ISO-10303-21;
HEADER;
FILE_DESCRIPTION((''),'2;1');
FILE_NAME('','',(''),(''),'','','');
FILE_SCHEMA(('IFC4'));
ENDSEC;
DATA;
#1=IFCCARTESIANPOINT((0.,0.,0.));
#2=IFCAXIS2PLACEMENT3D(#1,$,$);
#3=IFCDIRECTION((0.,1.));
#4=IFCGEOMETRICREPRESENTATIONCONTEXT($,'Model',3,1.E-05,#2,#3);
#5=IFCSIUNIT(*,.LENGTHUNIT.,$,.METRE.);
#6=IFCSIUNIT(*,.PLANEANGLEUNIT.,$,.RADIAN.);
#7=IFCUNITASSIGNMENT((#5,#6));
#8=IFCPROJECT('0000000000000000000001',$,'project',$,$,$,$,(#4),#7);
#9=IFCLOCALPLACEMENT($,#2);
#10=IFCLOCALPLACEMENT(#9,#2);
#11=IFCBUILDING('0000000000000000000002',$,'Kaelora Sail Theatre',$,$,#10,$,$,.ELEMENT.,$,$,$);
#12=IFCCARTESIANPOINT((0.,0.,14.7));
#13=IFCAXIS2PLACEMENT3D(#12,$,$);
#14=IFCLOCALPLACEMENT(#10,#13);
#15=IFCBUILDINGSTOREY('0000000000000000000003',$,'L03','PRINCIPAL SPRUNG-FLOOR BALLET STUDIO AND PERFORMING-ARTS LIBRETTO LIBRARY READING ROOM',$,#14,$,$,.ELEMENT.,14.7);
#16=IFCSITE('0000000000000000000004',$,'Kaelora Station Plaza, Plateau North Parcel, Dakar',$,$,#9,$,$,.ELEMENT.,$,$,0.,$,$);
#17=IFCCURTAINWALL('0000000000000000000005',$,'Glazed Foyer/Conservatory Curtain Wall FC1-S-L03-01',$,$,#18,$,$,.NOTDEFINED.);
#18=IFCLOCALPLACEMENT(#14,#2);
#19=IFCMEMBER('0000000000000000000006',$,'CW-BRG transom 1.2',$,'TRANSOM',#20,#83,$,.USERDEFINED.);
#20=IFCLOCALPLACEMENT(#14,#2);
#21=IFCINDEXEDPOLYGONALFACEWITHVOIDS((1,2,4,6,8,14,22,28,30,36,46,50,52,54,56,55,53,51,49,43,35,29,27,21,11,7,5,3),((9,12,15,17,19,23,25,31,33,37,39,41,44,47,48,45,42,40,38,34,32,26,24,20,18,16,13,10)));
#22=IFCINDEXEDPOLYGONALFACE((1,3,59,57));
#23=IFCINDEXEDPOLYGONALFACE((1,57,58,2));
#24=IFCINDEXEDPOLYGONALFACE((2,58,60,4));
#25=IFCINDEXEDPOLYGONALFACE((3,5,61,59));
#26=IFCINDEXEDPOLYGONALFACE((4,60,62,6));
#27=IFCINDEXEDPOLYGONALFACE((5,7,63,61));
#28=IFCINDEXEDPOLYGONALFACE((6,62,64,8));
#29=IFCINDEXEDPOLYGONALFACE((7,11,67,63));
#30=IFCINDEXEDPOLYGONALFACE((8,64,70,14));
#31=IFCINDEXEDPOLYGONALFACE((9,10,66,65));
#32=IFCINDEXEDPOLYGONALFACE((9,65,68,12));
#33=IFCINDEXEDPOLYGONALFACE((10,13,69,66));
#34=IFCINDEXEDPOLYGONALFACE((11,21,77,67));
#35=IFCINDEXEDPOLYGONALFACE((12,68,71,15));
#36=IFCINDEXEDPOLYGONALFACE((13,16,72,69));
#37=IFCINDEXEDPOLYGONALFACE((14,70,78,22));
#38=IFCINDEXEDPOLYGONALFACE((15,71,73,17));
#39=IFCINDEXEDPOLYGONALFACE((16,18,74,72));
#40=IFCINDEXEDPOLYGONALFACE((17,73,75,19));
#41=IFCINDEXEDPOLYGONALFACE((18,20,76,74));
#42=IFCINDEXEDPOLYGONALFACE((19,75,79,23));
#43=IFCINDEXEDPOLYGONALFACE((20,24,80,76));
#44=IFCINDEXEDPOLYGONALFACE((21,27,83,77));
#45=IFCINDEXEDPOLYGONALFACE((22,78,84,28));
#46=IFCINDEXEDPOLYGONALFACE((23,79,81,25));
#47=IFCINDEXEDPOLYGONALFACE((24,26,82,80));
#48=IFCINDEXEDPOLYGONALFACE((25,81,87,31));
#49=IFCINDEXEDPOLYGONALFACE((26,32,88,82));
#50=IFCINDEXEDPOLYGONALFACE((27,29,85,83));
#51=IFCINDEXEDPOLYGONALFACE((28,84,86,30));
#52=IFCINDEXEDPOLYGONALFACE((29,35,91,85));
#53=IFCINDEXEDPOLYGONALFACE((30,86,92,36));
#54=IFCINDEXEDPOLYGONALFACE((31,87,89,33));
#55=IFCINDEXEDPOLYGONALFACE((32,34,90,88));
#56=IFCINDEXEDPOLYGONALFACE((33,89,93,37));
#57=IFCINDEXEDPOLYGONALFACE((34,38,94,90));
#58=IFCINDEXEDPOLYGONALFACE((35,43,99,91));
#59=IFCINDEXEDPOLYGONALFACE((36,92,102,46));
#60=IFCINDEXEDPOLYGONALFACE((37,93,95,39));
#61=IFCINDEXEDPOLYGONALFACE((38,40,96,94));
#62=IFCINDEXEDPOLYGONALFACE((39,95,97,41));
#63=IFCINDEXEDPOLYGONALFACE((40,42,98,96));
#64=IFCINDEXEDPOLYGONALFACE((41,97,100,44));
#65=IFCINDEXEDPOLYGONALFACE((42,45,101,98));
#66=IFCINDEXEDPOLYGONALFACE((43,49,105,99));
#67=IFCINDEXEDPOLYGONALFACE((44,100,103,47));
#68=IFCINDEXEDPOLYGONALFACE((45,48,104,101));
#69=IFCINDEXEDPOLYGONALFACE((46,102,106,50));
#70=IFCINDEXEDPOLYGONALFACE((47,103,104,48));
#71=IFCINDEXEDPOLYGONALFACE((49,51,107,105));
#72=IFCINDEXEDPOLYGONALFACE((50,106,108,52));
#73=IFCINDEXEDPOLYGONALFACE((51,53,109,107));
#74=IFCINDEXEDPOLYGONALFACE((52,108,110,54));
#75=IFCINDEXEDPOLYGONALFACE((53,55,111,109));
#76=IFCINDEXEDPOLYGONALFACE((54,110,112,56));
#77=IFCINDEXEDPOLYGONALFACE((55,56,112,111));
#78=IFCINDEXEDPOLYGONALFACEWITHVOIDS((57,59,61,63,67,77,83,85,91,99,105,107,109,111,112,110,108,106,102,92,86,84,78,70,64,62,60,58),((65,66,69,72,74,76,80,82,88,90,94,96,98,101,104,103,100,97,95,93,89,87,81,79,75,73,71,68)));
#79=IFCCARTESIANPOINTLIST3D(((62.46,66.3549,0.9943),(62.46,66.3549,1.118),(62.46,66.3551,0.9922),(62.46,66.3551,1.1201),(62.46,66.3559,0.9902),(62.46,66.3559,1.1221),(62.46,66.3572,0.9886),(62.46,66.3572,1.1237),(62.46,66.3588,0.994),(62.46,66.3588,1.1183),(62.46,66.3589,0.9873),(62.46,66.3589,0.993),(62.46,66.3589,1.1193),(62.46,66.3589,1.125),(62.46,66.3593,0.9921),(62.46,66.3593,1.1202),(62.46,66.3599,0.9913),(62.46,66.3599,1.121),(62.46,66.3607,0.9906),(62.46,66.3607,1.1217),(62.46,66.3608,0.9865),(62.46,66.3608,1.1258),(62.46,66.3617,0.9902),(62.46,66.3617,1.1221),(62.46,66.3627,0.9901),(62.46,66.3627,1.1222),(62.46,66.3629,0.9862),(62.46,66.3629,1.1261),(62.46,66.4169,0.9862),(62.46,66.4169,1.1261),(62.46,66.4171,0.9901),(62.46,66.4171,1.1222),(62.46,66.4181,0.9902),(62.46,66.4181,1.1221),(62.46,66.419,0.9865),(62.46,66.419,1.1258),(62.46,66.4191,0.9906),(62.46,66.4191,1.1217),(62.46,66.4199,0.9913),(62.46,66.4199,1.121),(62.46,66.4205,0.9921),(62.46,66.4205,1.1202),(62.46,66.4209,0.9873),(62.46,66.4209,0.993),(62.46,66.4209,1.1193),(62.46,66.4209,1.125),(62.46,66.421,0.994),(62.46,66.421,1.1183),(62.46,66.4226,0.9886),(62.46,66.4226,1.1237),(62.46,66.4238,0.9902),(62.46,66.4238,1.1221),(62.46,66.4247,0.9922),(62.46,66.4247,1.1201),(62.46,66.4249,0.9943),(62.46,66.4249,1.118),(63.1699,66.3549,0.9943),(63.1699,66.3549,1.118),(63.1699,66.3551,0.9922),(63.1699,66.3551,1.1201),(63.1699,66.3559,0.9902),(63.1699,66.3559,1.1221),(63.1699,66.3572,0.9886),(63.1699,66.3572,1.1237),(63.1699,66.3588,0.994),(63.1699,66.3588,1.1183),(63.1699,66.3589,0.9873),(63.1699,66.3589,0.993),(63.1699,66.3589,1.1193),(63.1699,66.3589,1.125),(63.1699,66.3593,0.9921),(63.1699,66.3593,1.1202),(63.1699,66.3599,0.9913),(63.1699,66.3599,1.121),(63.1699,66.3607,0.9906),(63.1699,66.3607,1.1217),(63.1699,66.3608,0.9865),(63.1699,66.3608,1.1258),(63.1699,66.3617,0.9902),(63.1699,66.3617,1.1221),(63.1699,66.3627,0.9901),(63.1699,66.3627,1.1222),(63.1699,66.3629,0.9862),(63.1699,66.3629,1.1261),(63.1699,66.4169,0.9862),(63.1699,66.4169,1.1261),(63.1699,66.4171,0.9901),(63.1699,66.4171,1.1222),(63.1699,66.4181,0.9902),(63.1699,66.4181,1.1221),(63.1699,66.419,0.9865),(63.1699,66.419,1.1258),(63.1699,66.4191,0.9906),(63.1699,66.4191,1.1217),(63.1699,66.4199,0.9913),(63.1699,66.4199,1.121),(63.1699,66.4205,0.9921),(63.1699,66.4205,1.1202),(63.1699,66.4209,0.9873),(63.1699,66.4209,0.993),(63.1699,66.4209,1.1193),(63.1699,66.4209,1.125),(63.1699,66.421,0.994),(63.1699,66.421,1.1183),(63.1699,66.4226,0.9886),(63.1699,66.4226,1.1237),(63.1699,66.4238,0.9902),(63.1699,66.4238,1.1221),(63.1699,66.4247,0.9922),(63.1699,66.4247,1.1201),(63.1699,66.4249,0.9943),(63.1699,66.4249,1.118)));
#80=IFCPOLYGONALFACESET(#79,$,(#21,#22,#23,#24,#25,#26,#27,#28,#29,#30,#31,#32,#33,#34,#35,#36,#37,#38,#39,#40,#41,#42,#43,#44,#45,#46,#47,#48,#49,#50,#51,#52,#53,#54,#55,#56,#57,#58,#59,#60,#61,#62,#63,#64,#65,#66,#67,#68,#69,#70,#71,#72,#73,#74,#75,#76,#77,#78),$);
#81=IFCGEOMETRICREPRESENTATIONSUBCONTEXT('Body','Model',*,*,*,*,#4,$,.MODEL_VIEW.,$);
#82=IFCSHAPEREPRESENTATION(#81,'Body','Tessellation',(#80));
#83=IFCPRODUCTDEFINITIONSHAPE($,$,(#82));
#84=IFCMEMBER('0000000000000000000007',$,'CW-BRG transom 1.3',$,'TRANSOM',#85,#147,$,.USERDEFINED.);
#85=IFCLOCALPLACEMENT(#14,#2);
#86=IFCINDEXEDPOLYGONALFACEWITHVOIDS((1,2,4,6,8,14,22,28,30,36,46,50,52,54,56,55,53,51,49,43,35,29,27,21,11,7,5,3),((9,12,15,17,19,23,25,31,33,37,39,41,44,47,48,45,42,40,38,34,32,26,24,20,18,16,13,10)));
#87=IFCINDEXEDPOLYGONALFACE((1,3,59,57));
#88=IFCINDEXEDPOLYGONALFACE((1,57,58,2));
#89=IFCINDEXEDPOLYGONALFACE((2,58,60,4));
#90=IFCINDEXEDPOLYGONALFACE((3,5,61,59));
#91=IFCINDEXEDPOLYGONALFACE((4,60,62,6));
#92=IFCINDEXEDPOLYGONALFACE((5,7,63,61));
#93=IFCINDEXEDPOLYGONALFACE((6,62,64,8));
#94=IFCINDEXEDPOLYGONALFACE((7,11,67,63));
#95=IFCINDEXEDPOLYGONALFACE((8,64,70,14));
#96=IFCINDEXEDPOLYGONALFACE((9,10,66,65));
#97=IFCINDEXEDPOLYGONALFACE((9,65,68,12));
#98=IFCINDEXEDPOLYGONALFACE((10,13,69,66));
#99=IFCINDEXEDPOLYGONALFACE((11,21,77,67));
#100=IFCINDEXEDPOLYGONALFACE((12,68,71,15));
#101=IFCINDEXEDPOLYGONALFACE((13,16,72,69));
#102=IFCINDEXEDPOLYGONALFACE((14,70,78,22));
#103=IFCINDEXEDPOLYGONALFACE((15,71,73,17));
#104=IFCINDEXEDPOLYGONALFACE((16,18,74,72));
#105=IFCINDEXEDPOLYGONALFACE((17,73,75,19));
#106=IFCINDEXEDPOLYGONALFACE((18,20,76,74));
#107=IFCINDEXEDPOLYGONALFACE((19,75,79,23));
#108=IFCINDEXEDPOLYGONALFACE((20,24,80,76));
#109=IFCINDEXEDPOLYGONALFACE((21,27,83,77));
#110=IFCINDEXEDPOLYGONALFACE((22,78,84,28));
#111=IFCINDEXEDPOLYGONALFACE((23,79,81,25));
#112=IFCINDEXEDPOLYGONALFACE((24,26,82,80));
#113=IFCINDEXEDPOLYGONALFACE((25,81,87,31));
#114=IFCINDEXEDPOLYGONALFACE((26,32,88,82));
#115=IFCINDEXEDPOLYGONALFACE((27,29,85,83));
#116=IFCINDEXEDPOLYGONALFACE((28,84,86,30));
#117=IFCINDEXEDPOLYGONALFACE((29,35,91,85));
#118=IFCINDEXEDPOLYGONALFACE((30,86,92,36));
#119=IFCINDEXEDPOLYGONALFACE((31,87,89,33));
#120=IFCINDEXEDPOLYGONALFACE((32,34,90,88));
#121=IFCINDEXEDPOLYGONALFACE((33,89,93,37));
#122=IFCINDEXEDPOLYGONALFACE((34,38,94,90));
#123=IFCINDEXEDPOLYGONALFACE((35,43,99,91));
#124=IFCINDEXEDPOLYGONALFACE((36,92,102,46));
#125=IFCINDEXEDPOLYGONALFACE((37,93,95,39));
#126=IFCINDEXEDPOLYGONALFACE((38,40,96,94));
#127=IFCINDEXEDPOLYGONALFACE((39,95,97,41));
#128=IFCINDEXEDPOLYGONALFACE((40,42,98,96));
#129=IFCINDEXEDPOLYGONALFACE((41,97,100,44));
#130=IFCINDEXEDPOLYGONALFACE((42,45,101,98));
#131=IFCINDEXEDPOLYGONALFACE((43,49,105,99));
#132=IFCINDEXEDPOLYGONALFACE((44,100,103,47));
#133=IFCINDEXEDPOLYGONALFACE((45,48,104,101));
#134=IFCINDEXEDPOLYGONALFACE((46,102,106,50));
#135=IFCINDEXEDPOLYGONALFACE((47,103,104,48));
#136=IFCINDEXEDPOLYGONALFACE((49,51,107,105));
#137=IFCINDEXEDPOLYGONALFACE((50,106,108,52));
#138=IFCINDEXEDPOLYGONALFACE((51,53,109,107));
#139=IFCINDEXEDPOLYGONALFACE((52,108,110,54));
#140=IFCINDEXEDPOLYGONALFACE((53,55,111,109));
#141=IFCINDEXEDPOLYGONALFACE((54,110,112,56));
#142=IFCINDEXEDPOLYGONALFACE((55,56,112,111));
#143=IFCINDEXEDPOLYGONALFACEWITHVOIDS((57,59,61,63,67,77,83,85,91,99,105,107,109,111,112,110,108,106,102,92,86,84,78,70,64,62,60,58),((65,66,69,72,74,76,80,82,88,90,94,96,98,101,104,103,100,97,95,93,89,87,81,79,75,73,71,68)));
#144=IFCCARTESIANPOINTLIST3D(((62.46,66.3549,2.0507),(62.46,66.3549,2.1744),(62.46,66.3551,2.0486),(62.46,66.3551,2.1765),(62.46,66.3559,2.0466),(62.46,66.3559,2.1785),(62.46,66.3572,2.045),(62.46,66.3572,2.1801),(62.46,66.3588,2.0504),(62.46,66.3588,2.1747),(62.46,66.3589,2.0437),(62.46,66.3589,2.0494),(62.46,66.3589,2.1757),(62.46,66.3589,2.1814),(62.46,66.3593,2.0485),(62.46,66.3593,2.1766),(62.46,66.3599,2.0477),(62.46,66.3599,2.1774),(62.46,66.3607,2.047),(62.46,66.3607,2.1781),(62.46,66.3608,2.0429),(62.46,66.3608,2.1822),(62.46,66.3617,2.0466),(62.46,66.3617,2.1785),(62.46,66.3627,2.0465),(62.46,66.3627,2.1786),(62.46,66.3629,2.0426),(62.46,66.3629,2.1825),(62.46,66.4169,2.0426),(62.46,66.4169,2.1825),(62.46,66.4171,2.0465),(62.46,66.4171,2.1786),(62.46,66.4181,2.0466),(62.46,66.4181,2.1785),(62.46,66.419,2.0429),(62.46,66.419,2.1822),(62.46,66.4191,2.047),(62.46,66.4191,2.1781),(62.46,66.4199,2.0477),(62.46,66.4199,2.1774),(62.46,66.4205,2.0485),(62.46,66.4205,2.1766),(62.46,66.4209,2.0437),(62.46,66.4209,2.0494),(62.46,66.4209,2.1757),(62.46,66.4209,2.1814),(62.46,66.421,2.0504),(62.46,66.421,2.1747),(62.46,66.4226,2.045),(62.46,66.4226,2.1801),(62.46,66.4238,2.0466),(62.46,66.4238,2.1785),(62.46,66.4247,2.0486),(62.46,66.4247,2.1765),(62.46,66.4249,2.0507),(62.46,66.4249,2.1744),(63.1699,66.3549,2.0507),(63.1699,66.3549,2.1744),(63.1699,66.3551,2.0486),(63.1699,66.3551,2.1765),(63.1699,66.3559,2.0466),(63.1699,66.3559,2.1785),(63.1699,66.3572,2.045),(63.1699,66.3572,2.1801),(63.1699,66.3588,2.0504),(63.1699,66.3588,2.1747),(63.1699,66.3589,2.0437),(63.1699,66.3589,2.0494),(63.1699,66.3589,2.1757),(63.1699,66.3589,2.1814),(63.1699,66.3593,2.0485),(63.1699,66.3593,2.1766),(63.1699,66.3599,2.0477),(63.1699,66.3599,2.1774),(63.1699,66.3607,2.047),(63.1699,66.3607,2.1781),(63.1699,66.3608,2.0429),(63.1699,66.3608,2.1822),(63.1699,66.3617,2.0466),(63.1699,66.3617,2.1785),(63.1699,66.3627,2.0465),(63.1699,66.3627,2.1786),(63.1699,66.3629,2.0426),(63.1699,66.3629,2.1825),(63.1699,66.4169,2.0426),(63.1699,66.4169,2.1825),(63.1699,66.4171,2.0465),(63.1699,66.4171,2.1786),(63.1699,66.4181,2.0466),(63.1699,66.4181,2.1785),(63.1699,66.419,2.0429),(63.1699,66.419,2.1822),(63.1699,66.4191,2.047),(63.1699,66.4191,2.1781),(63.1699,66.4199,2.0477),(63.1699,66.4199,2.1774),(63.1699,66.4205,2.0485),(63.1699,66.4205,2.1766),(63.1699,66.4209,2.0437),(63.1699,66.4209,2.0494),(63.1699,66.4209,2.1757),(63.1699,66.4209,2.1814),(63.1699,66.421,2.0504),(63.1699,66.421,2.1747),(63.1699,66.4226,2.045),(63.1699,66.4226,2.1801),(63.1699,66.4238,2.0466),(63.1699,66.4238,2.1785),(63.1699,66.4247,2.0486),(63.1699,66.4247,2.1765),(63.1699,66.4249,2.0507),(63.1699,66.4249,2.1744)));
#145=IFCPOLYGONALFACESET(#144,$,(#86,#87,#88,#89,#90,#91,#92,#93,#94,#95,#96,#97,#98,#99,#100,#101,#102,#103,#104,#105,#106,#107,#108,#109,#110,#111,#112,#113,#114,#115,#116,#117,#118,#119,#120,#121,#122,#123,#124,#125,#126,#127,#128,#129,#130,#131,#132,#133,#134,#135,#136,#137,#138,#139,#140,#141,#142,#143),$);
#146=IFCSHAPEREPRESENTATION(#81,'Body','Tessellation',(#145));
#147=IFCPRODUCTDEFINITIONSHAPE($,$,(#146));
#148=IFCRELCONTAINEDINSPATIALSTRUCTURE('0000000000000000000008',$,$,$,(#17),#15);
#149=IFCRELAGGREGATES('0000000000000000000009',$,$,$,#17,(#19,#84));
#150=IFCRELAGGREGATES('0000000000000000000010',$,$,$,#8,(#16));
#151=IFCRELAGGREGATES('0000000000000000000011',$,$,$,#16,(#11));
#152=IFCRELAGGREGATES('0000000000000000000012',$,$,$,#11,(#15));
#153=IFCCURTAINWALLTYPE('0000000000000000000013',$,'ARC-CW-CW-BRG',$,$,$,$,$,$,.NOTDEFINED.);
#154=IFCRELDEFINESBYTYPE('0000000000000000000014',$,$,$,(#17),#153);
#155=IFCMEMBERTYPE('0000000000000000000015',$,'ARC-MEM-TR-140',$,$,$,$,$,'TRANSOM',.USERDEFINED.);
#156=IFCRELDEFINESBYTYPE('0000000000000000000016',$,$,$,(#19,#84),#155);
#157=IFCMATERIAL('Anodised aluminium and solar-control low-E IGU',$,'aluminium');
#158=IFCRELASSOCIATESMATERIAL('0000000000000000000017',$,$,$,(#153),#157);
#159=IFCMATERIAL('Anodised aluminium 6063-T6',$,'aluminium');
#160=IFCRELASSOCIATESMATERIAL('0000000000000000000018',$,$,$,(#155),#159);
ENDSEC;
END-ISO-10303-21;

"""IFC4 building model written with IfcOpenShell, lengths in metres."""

from ifc_helpers import new_model, si_unit, direction, frame, origin, origin_2d, place, context, subcontext, project, spatial, hollow_rectangle, extrude, material, material_profile, profile_set, type_object, element, aggregate, save


model = new_model("IFC4")

# Units and contexts
model_context = context("Model", 3, precision=1e-05, world=origin(), true_north=direction((0.0, 1.0)))
body_context = subcontext(model_context, "Body", "Model", "MODEL_VIEW")
ifc_project = project(units=[si_unit("LENGTHUNIT", "METRE"), si_unit("PLANEANGLEUNIT", "RADIAN")], contexts=[model_context])

# Site, building, storey
site_placement = place(None, origin())
site = spatial("IfcSite", under=ifc_project, at=site_placement, Name="Kaelora Station Plaza, Plateau North Parcel, Dakar", CompositionType="ELEMENT", RefElevation=0.0)
building_placement = place(site_placement, origin())
building = spatial("IfcBuilding", under=site, at=building_placement, Name="Kaelora Sail Theatre", CompositionType="ELEMENT")
storey_placement = place(building_placement, frame((0.0, 0.0, 14.7)))
storey = spatial("IfcBuildingStorey", under=building, at=storey_placement, Name="L03", Description="PRINCIPAL SPRUNG-FLOOR BALLET STUDIO AND PERFORMING-ARTS LIBRETTO LIBRARY READING ROOM", CompositionType="ELEMENT", Elevation=14.7)

# Curtain wall, members
ifc_material_1 = material(Name="Anodised aluminium and solar-control low-E IGU", Category="aluminium")
curtain_wall_type = type_object("IfcCurtainWallType", Name="ARC-CW-CW-BRG", PredefinedType="NOTDEFINED", material=ifc_material_1)
curtain_wall_placement = place(storey_placement, origin())
curtain_wall = element("IfcCurtainWall", 1, at=curtain_wall_placement, inside=storey, type_object=curtain_wall_type, Name="Glazed Foyer/Conservatory Curtain Wall FC1-S-L03-01", PredefinedType="NOTDEFINED")
ifc_material_2 = material(Name="Anodised aluminium 6063-T6", Category="aluminium")
ifc_material_profile_1 = material_profile(ifc_material_2, hollow_rectangle(XDim=0.0701, YDim=0.1399, WallThickness=0.0039, InnerFilletRadius=0.0039, OuterFilletRadius=0.0081, at=origin_2d()), Name="ALU-TRAN 70x140x4")
ifc_profile_set_1 = profile_set([ifc_material_profile_1], Name="Anodised aluminium 6063-T6")
member_type_1 = type_object("IfcMemberType", Name="ARC-MEM-TR-140", ElementType="TRANSOM", PredefinedType="USERDEFINED", material=ifc_profile_set_1)
member_1_placement = place(storey_placement, frame((62.46, 66.3899, 1.0562), z_axis=(1.0, 0.0, 0.0), x_axis=(0.0, 1.0, 0.0)))
member_1 = element("IfcMember", 2, at=member_1_placement, type_object=member_type_1, Name="CW-BRG transom 1.2", ObjectType="TRANSOM", PredefinedType="USERDEFINED", context=body_context, shape_type="SweptSolid", body=[
    extrude(hollow_rectangle(XDim=0.0701, YDim=0.1399, WallThickness=0.0039, InnerFilletRadius=0.0039, OuterFilletRadius=0.0081, at=origin_2d()), origin(), (0.0, 0.0, 1.0), 0.71),
])
member_2_placement = place(storey_placement, frame((62.46, 66.3899, 2.1125), z_axis=(1.0, 0.0, 0.0), x_axis=(0.0, 1.0, 0.0)))
member_2 = element("IfcMember", 3, at=member_2_placement, type_object=member_type_1, Name="CW-BRG transom 1.3", ObjectType="TRANSOM", PredefinedType="USERDEFINED", context=body_context, shape_type="SweptSolid", body=[
    extrude(hollow_rectangle(XDim=0.0701, YDim=0.1399, WallThickness=0.0039, InnerFilletRadius=0.0039, OuterFilletRadius=0.0081, at=origin_2d()), origin(), (0.0, 0.0, 1.0), 0.71),
])

aggregate(curtain_wall, [member_1, member_2])

save(model, "model.ifc")
